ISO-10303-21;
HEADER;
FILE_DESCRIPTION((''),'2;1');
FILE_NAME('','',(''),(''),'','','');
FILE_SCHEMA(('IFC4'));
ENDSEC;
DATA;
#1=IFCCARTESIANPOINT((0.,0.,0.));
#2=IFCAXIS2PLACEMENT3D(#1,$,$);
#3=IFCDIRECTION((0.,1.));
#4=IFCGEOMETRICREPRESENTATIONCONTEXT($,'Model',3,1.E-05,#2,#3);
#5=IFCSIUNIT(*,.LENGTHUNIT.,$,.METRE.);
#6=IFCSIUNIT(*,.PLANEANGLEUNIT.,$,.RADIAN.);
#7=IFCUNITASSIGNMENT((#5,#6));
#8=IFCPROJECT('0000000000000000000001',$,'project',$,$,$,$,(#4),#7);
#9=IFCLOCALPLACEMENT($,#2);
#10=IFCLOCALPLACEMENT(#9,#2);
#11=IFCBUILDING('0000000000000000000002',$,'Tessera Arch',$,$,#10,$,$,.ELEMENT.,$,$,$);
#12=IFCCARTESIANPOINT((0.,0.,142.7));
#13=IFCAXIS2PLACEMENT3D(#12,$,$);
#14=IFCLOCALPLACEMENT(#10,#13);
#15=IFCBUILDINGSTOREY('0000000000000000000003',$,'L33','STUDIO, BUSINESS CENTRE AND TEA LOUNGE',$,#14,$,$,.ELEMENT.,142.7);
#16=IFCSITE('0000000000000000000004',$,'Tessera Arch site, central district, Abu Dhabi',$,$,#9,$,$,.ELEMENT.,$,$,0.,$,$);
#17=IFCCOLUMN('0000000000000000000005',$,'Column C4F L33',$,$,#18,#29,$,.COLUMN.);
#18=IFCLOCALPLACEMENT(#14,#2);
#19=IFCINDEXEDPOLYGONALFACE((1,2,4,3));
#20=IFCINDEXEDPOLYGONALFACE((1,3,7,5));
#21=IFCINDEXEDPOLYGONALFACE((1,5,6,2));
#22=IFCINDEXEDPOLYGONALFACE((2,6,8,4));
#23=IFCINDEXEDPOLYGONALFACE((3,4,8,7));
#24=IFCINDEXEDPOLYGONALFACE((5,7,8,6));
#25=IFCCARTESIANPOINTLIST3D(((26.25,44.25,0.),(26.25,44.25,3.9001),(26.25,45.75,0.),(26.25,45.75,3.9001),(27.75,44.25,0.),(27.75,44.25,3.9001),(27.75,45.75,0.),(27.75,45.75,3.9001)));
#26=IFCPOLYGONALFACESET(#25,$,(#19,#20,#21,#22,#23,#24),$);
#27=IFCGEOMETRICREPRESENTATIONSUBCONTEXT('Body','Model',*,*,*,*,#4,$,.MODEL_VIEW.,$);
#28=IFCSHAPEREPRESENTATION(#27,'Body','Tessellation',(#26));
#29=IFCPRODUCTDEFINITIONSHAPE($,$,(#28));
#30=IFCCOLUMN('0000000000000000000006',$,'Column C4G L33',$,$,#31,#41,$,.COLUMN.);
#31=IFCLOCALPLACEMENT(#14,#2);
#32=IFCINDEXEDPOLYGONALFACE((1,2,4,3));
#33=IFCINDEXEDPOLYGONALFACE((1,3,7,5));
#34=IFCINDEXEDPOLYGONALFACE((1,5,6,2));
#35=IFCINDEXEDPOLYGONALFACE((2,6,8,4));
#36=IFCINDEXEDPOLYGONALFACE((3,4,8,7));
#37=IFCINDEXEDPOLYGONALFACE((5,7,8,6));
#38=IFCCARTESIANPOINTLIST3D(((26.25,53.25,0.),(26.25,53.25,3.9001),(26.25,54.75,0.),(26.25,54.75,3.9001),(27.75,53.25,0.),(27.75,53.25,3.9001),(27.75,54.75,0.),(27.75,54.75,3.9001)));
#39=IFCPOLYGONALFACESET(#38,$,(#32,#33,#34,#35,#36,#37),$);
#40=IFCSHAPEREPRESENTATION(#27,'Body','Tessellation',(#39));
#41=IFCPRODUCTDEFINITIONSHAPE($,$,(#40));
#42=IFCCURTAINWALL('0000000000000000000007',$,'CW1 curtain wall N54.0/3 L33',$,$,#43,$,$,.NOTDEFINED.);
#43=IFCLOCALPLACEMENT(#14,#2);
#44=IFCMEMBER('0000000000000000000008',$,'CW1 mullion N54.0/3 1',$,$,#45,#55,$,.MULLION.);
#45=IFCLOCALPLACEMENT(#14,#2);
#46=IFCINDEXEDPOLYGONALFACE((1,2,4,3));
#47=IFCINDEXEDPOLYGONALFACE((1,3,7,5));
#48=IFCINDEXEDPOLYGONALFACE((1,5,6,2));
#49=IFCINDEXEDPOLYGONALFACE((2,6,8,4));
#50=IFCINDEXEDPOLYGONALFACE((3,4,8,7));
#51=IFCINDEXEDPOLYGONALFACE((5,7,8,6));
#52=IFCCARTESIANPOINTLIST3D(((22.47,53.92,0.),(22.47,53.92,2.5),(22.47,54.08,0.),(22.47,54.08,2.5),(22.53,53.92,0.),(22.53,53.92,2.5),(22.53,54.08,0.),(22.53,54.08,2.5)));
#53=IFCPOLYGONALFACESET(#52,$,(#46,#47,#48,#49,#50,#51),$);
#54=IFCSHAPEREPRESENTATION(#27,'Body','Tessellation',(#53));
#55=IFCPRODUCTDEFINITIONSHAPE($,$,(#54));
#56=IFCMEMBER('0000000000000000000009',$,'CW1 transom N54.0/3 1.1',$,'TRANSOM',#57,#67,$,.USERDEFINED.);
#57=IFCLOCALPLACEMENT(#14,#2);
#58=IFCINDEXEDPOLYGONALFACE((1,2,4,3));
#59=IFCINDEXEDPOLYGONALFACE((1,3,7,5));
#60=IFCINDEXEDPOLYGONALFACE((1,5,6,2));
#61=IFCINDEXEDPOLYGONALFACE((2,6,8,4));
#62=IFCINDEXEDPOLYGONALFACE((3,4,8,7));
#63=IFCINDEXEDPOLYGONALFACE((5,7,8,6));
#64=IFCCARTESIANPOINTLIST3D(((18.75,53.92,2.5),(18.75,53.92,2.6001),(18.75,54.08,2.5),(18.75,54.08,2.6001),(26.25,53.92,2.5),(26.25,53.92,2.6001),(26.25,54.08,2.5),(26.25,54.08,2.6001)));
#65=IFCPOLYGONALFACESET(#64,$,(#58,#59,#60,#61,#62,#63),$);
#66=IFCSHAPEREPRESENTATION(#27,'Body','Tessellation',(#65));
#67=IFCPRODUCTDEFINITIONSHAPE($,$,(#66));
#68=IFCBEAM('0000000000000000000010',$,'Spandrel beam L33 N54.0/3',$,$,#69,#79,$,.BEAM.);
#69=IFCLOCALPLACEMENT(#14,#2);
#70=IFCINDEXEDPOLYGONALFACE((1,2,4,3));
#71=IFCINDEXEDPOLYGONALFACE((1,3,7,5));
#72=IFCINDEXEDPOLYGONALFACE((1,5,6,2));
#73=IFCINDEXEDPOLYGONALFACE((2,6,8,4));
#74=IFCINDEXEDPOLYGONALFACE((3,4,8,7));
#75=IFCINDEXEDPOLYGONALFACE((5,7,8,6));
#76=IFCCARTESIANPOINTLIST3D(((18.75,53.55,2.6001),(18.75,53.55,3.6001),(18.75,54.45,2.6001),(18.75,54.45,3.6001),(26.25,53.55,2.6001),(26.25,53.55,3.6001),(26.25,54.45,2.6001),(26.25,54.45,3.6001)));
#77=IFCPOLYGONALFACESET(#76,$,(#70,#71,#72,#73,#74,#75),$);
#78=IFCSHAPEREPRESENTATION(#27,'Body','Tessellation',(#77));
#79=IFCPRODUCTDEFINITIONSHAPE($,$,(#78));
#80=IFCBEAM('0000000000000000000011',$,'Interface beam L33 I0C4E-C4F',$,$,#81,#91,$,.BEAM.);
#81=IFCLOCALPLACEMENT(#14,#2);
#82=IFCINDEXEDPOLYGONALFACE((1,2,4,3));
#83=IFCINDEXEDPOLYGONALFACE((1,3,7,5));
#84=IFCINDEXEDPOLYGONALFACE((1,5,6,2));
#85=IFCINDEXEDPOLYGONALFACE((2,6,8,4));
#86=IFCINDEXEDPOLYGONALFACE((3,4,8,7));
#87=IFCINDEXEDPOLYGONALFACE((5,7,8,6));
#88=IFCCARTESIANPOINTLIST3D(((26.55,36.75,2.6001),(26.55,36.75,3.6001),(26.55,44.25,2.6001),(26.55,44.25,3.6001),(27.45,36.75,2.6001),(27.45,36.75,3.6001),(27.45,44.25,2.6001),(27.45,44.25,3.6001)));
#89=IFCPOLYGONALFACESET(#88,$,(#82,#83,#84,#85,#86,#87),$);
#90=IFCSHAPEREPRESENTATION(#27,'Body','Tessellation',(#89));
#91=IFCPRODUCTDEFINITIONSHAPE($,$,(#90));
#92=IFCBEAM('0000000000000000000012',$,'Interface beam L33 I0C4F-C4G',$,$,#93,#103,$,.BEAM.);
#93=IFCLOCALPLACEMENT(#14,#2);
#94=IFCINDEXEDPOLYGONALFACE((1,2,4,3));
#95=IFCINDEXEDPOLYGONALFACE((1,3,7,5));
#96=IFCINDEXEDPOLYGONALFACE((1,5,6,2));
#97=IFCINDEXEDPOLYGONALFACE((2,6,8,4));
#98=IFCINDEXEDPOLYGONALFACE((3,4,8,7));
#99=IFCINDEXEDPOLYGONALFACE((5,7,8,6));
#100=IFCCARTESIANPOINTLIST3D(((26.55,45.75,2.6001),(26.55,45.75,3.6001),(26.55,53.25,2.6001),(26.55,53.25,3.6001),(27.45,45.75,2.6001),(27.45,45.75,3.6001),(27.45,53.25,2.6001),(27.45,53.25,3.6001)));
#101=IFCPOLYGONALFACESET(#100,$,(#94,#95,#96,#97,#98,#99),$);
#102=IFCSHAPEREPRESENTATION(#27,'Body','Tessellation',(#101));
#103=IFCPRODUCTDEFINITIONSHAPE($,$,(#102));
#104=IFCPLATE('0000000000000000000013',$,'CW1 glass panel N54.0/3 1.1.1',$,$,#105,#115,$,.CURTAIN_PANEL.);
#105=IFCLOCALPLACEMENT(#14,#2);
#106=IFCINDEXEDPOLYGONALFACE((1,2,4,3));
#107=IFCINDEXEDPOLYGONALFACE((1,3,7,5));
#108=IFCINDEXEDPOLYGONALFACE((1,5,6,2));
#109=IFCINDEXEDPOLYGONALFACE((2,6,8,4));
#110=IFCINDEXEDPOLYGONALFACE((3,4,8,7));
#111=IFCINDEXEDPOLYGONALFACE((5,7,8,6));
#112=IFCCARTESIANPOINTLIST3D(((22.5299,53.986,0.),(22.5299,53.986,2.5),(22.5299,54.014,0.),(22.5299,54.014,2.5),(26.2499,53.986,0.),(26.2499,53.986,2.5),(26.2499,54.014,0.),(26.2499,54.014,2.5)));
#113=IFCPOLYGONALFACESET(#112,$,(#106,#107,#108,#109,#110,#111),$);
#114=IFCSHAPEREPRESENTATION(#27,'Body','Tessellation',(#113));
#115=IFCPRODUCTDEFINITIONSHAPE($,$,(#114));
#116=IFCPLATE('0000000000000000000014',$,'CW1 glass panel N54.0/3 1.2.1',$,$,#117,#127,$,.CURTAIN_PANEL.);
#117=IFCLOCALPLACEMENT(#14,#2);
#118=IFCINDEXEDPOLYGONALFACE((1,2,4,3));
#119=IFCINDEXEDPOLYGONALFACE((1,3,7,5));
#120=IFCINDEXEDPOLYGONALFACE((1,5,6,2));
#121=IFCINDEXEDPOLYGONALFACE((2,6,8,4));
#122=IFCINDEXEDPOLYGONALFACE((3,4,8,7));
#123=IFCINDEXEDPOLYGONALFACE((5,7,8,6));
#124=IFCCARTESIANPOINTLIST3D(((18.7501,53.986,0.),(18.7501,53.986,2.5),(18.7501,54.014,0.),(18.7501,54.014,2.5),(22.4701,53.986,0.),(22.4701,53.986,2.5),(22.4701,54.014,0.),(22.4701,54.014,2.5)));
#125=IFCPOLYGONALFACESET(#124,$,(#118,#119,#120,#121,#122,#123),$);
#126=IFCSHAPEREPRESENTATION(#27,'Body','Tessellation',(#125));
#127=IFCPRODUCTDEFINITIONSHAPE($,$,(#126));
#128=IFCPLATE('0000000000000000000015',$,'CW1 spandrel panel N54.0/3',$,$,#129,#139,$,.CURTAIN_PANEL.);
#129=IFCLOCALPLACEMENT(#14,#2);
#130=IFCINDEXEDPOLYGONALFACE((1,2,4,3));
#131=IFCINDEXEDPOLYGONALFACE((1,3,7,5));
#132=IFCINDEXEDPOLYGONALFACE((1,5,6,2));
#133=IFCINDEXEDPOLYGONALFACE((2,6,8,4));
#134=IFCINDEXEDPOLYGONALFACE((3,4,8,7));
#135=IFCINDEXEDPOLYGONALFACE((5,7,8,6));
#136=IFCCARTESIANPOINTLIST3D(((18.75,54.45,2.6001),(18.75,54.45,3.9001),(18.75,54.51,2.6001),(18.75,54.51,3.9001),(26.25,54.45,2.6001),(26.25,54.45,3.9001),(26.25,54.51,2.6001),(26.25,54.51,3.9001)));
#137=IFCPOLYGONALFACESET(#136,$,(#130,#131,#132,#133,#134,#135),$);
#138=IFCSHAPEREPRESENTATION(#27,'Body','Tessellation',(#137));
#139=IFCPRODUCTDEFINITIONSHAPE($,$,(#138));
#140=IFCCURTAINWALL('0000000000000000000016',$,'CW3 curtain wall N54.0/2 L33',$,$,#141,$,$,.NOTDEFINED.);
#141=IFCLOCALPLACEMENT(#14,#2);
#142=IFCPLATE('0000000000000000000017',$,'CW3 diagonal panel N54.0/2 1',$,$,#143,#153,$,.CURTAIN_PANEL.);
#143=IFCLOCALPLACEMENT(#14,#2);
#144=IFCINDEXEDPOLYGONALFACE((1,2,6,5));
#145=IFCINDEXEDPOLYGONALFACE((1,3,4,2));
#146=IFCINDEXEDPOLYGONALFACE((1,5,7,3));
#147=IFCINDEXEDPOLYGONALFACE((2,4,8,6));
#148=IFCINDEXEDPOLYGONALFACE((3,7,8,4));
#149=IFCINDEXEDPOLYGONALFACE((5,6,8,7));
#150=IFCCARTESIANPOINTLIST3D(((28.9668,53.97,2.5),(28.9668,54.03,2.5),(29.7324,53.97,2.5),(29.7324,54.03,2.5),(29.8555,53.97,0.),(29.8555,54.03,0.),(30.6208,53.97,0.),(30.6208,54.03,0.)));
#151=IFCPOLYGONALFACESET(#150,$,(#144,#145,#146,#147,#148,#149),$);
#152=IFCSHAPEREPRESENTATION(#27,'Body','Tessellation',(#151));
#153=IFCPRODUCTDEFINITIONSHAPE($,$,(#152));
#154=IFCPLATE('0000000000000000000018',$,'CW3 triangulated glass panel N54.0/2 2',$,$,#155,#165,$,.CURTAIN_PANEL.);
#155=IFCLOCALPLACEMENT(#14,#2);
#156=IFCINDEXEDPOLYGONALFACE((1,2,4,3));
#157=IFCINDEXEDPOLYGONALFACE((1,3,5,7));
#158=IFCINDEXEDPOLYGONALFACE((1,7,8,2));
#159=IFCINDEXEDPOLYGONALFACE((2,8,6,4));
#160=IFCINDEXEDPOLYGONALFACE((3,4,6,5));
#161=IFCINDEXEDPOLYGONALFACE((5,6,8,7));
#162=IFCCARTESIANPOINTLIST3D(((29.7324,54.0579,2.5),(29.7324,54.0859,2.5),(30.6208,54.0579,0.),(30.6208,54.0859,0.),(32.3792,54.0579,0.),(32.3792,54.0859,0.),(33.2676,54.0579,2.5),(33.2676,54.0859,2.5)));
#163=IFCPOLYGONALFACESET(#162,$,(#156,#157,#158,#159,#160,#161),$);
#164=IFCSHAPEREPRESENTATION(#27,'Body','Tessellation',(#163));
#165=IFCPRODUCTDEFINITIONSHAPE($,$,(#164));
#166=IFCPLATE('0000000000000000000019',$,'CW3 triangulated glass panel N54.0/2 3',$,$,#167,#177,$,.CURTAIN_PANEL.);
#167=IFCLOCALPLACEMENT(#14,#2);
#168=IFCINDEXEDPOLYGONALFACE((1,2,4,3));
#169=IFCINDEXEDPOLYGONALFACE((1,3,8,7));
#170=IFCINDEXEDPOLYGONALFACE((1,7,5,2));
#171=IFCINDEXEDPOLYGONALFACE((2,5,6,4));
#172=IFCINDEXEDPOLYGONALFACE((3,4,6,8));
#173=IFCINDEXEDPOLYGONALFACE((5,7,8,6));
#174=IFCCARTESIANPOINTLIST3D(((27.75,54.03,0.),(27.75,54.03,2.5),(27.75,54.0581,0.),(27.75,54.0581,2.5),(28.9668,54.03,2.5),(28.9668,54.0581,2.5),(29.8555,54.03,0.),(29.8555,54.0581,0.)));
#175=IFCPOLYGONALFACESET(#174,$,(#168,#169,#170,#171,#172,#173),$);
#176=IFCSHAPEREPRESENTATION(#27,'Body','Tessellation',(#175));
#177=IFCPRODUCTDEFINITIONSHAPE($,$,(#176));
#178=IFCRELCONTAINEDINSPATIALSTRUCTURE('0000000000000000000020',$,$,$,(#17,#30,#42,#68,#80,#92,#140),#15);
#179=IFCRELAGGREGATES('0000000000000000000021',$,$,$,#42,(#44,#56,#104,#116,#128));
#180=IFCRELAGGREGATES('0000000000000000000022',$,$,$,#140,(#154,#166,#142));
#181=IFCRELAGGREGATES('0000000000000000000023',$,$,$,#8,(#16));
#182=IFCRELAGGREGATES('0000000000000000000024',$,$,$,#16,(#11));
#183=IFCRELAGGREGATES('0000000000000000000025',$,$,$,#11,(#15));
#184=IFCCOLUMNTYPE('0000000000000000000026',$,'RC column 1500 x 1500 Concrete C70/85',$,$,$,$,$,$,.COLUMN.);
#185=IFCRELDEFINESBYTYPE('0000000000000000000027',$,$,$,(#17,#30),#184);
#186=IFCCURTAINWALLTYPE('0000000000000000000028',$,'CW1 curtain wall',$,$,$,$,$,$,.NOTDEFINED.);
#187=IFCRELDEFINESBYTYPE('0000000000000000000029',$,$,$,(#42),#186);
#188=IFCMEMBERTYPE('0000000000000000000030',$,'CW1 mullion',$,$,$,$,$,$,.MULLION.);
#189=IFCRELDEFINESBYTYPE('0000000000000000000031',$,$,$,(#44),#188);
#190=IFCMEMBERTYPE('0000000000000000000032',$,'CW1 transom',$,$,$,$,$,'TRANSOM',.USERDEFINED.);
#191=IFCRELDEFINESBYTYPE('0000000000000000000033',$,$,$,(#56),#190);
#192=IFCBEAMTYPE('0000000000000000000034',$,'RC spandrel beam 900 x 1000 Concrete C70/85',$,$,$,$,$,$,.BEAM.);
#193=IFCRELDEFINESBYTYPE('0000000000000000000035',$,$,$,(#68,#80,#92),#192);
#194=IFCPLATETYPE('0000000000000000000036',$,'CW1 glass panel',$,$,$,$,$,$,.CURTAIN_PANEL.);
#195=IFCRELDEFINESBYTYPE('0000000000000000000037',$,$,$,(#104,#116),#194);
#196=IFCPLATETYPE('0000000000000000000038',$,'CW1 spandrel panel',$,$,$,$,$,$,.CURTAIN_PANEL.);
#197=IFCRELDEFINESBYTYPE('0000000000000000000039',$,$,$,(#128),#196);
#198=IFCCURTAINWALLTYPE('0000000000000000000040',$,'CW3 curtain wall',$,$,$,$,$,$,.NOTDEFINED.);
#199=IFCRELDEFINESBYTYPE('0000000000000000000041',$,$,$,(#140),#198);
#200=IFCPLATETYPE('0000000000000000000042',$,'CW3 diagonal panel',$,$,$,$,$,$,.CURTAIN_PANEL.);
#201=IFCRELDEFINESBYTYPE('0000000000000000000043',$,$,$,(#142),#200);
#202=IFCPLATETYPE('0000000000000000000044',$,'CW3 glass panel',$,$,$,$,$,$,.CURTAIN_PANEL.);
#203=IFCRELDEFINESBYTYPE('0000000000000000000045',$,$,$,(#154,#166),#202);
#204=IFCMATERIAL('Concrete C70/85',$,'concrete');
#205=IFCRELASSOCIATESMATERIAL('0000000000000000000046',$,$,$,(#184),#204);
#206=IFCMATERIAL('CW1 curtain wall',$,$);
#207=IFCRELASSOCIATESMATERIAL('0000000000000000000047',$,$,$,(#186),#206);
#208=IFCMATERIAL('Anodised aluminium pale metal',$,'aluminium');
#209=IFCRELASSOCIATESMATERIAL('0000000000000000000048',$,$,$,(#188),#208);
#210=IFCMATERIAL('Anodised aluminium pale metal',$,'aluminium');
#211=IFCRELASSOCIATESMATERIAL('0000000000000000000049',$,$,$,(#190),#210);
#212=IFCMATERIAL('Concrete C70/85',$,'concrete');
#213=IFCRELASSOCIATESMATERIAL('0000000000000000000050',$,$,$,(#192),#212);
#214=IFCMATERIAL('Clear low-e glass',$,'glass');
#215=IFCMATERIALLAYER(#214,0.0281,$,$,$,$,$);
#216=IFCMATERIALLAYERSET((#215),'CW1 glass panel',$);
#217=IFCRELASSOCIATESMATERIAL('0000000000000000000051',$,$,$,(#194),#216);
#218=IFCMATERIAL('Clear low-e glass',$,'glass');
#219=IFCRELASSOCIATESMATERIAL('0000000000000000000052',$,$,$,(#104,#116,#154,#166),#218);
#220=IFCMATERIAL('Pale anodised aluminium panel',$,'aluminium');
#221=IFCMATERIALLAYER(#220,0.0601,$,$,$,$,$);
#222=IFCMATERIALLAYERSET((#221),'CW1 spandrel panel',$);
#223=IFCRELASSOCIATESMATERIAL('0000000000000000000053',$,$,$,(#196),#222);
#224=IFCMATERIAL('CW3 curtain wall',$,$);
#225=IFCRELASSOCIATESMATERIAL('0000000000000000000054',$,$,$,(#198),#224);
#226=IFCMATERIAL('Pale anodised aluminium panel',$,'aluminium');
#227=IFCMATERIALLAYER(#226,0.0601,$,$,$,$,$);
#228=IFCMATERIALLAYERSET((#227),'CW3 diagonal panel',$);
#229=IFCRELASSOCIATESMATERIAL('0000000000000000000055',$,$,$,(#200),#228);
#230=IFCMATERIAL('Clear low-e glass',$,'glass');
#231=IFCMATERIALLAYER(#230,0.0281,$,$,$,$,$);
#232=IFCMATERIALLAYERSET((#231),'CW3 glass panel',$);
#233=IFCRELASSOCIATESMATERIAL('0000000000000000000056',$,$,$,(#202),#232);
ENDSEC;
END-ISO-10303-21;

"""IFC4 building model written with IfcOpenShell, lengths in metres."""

from ifc_helpers import new_model, si_unit, direction, frame, origin, origin_2d, place, context, subcontext, project, spatial, polyline, rectangle, outline, extrude, material, layer, layer_set, material_profile, profile_set, type_object, element, aggregate, save


model = new_model("IFC4")

# Units and contexts
model_context = context("Model", 3, precision=1e-05, world=origin(), true_north=direction((0.0, 1.0)))
body_context = subcontext(model_context, "Body", "Model", "MODEL_VIEW")
ifc_project = project(units=[si_unit("LENGTHUNIT", "METRE"), si_unit("PLANEANGLEUNIT", "RADIAN")], contexts=[model_context])

# Site, building, storey
site_placement = place(None, origin())
site = spatial("IfcSite", under=ifc_project, at=site_placement, Name="Tessera Arch site, central district, Abu Dhabi", CompositionType="ELEMENT", RefElevation=0.0)
building_placement = place(site_placement, origin())
building = spatial("IfcBuilding", under=site, at=building_placement, Name="Tessera Arch", CompositionType="ELEMENT")
storey_placement = place(building_placement, frame((0.0, 0.0, 142.7)))
storey = spatial("IfcBuildingStorey", under=building, at=storey_placement, Name="L33", Description="STUDIO, BUSINESS CENTRE AND TEA LOUNGE", CompositionType="ELEMENT", Elevation=142.7)

# Columns
ifc_material_1 = material(Name="Concrete C70/85", Category="concrete")
ifc_material_profile_1 = material_profile(ifc_material_1, rectangle(XDim=1.5, YDim=1.5, at=origin_2d()), Name="RC column 1500 x 1500 Concrete C70/85")
ifc_profile_set_1 = profile_set([ifc_material_profile_1], Name="Concrete C70/85")
column_type = type_object("IfcColumnType", Name="RC column 1500 x 1500 Concrete C70/85", PredefinedType="COLUMN", material=ifc_profile_set_1)
for number, where, z_axis, x_axis, name in (
    (1, (27.0, 45.0, 0.0), (0.0, 0.0, 1.0), (1.0, 0.0, 0.0), "Column C4F L33"),
    (2, (27.0, 54.0, 0.0), (0.0, 0.0, 1.0), (1.0, 0.0, 0.0), "Column C4G L33"),
):
    element("IfcColumn", number, at=place(storey_placement, frame(where, z_axis=z_axis, x_axis=x_axis)), inside=storey, type_object=column_type, Name=name, PredefinedType="COLUMN", context=body_context, shape_type="SweptSolid", body=[
        extrude(rectangle(XDim=1.5, YDim=1.5, at=origin_2d()), origin(), (0.0, 0.0, 1.0), 3.9001),
    ])

# Curtain wall, members
ifc_material_2 = material(Name="CW1 curtain wall")
curtain_wall_type_1 = type_object("IfcCurtainWallType", Name="CW1 curtain wall", PredefinedType="NOTDEFINED", material=ifc_material_2)
curtain_wall_1_placement = place(storey_placement, origin())
curtain_wall_1 = element("IfcCurtainWall", 3, at=curtain_wall_1_placement, inside=storey, type_object=curtain_wall_type_1, Name="CW1 curtain wall N54.0/3 L33", PredefinedType="NOTDEFINED")
ifc_material_3 = material(Name="Anodised aluminium pale metal", Category="aluminium")
ifc_material_profile_2 = material_profile(ifc_material_3, rectangle(XDim=0.1599, YDim=0.0601, at=origin_2d()), Name="AL 60x160")
ifc_profile_set_2 = profile_set([ifc_material_profile_2], Name="Anodised aluminium pale metal")
member_type_1 = type_object("IfcMemberType", Name="CW1 mullion", PredefinedType="MULLION", material=ifc_profile_set_2)
member_1_placement = place(storey_placement, frame((22.5, 54.0, 0.0), z_axis=(0.0, 0.0, 1.0), x_axis=(0.0, -1.0, 0.0)))
member_1 = element("IfcMember", 4, at=member_1_placement, type_object=member_type_1, Name="CW1 mullion N54.0/3 1", PredefinedType="MULLION", context=body_context, shape_type="SweptSolid", body=[
    extrude(rectangle(XDim=0.1599, YDim=0.0601, at=origin_2d()), origin(), (0.0, 0.0, 1.0), 2.5),
])
ifc_material_4 = material(Name="Anodised aluminium pale metal", Category="aluminium")
ifc_material_profile_3 = material_profile(ifc_material_4, rectangle(XDim=0.1599, YDim=0.1001, at=origin_2d()), Name="AL 160x100")
ifc_profile_set_3 = profile_set([ifc_material_profile_3], Name="Anodised aluminium pale metal")
member_type_2 = type_object("IfcMemberType", Name="CW1 transom", ElementType="TRANSOM", PredefinedType="USERDEFINED", material=ifc_profile_set_3)
member_2_placement = place(storey_placement, frame((26.25, 54.0, 2.55), z_axis=(-1.0, 0.0, 0.0), x_axis=(0.0, -1.0, 0.0)))
member_2 = element("IfcMember", 5, at=member_2_placement, type_object=member_type_2, Name="CW1 transom N54.0/3 1.1", ObjectType="TRANSOM", PredefinedType="USERDEFINED", context=body_context, shape_type="SweptSolid", body=[
    extrude(rectangle(XDim=0.1599, YDim=0.1001, at=origin_2d()), origin(), (0.0, 0.0, 1.0), 7.5),
])

# Beams
ifc_material_5 = material(Name="Concrete C70/85", Category="concrete")
ifc_material_profile_4 = material_profile(ifc_material_5, rectangle(XDim=0.8999, YDim=1.0, at=origin_2d()), Name="RC spandrel beam 900 x 1000 Concrete C70/85")
ifc_profile_set_4 = profile_set([ifc_material_profile_4], Name="Concrete C70/85")
beam_type = type_object("IfcBeamType", Name="RC spandrel beam 900 x 1000 Concrete C70/85", PredefinedType="BEAM", material=ifc_profile_set_4)
for number, where, z_axis, x_axis, name in (
    (6, (26.25, 54.0, 3.1001), (-1.0, 0.0, 0.0), (0.0, -1.0, 0.0), "Spandrel beam L33 N54.0/3"),
    (7, (27.0, 36.75, 3.1001), (0.0, 1.0, 0.0), (-1.0, 0.0, 0.0), "Interface beam L33 I0C4E-C4F"),
    (8, (27.0, 45.75, 3.1001), (0.0, 1.0, 0.0), (-1.0, 0.0, 0.0), "Interface beam L33 I0C4F-C4G"),
):
    element("IfcBeam", number, at=place(storey_placement, frame(where, z_axis=z_axis, x_axis=x_axis)), inside=storey, type_object=beam_type, Name=name, PredefinedType="BEAM", context=body_context, shape_type="SweptSolid", body=[
        extrude(rectangle(XDim=0.8999, YDim=1.0, at=origin_2d()), origin(), (0.0, 0.0, 1.0), 7.5),
    ])

# Plates
ifc_material_6 = material(Name="Clear low-e glass", Category="glass")
ifc_material_7 = material(Name="Clear low-e glass", Category="glass")
ifc_layer_1 = layer(ifc_material_7, 0.0281)
ifc_layer_set_1 = layer_set([ifc_layer_1], Name="CW1 glass panel")
plate_type_1 = type_object("IfcPlateType", Name="CW1 glass panel", PredefinedType="CURTAIN_PANEL", material=ifc_layer_set_1)
plate_1_placement = place(storey_placement, frame((24.3899, 54.0, 0.0), z_axis=(0.0, 0.0, 1.0), x_axis=(-1.0, 0.0, 0.0)))
plate_1 = element("IfcPlate", 9, at=plate_1_placement, type_object=plate_type_1, material=ifc_material_6, Name="CW1 glass panel N54.0/3 1.1.1", PredefinedType="CURTAIN_PANEL", context=body_context, shape_type="SweptSolid", body=[
    extrude(rectangle(XDim=3.72, YDim=0.0281, at=origin_2d()), origin(), (0.0, 0.0, 1.0), 2.5),
])
plate_2_placement = place(storey_placement, frame((20.6101, 54.0, 0.0), z_axis=(0.0, 0.0, 1.0), x_axis=(-1.0, 0.0, 0.0)))
plate_2 = element("IfcPlate", 10, at=plate_2_placement, type_object=plate_type_1, material=ifc_material_6, Name="CW1 glass panel N54.0/3 1.2.1", PredefinedType="CURTAIN_PANEL", context=body_context, shape_type="SweptSolid", body=[
    extrude(rectangle(XDim=3.72, YDim=0.0281, at=origin_2d()), origin(), (0.0, 0.0, 1.0), 2.5),
])
ifc_material_8 = material(Name="Pale anodised aluminium panel", Category="aluminium")
ifc_layer_2 = layer(ifc_material_8, 0.0601)
ifc_layer_set_2 = layer_set([ifc_layer_2], Name="CW1 spandrel panel")
plate_type_2 = type_object("IfcPlateType", Name="CW1 spandrel panel", PredefinedType="CURTAIN_PANEL", material=ifc_layer_set_2)
plate_3_placement = place(storey_placement, frame((22.5, 54.48, 2.6001), z_axis=(0.0, 0.0, 1.0), x_axis=(-1.0, 0.0, 0.0)))
plate_3 = element("IfcPlate", 11, at=plate_3_placement, type_object=plate_type_2, Name="CW1 spandrel panel N54.0/3", PredefinedType="CURTAIN_PANEL", context=body_context, shape_type="SweptSolid", body=[
    extrude(rectangle(XDim=7.5, YDim=0.0601, at=origin_2d()), origin(), (0.0, 0.0, 1.0), 1.3),
])
aggregate(curtain_wall_1, [member_1, member_2, plate_1, plate_2, plate_3])

# Curtain wall, plates
ifc_material_9 = material(Name="CW3 curtain wall")
curtain_wall_type_2 = type_object("IfcCurtainWallType", Name="CW3 curtain wall", PredefinedType="NOTDEFINED", material=ifc_material_9)
curtain_wall_2_placement = place(storey_placement, origin())
curtain_wall_2 = element("IfcCurtainWall", 12, at=curtain_wall_2_placement, inside=storey, type_object=curtain_wall_type_2, Name="CW3 curtain wall N54.0/2 L33", PredefinedType="NOTDEFINED")
ifc_material_10 = material(Name="Pale anodised aluminium panel", Category="aluminium")
ifc_layer_3 = layer(ifc_material_10, 0.0601)
ifc_layer_set_3 = layer_set([ifc_layer_3], Name="CW3 diagonal panel")
plate_type_3 = type_object("IfcPlateType", Name="CW3 diagonal panel", PredefinedType="CURTAIN_PANEL", material=ifc_layer_set_3)
plate_4_placement = place(storey_placement, frame((28.9668, 54.03, 2.5), z_axis=(0.0, 1.0, 0.0), x_axis=(1.0, 0.0, 0.0)))
plate_4 = element("IfcPlate", 13, at=plate_4_placement, type_object=plate_type_3, Name="CW3 diagonal panel N54.0/2 1", PredefinedType="CURTAIN_PANEL", context=body_context, shape_type="SweptSolid", body=[
    extrude(outline(polyline([(0.0, 0.0), (0.7656, 0.0), (1.6541, 2.5), (0.8887, 2.5), (0.0, 0.0)])), origin(), (0.0, 0.0, -1.0), 0.0601),
])
ifc_material_11 = material(Name="Clear low-e glass", Category="glass")
ifc_layer_4 = layer(ifc_material_11, 0.0281)
ifc_layer_set_4 = layer_set([ifc_layer_4], Name="CW3 glass panel")
plate_type_4 = type_object("IfcPlateType", Name="CW3 glass panel", PredefinedType="CURTAIN_PANEL", material=ifc_layer_set_4)
plate_5_placement = place(storey_placement, frame((29.7324, 54.0859, 2.5), z_axis=(0.0, 1.0, 0.0), x_axis=(1.0, 0.0, 0.0)))
plate_5 = element("IfcPlate", 14, at=plate_5_placement, type_object=plate_type_4, material=ifc_material_6, Name="CW3 triangulated glass panel N54.0/2 2", PredefinedType="CURTAIN_PANEL", context=body_context, shape_type="SweptSolid", body=[
    extrude(outline(polyline([(0.0, 0.0), (3.5352, 0.0), (2.6467, 2.5), (0.8884, 2.5), (0.0, 0.0)])), origin(), (0.0, 0.0, -1.0), 0.0281),
])
plate_6_placement = place(storey_placement, frame((27.75, 54.0581, 2.5), z_axis=(0.0, 1.0, 0.0), x_axis=(1.0, 0.0, 0.0)))
plate_6 = element("IfcPlate", 15, at=plate_6_placement, type_object=plate_type_4, material=ifc_material_6, Name="CW3 triangulated glass panel N54.0/2 3", PredefinedType="CURTAIN_PANEL", context=body_context, shape_type="SweptSolid", body=[
    extrude(outline(polyline([(0.0, 0.0), (1.2168, 0.0), (2.1055, 2.5), (0.0, 2.5), (0.0, 0.0)])), origin(), (0.0, 0.0, -1.0), 0.0281),
])
aggregate(curtain_wall_2, [plate_5, plate_6, plate_4])

save(model, "model.ifc")
